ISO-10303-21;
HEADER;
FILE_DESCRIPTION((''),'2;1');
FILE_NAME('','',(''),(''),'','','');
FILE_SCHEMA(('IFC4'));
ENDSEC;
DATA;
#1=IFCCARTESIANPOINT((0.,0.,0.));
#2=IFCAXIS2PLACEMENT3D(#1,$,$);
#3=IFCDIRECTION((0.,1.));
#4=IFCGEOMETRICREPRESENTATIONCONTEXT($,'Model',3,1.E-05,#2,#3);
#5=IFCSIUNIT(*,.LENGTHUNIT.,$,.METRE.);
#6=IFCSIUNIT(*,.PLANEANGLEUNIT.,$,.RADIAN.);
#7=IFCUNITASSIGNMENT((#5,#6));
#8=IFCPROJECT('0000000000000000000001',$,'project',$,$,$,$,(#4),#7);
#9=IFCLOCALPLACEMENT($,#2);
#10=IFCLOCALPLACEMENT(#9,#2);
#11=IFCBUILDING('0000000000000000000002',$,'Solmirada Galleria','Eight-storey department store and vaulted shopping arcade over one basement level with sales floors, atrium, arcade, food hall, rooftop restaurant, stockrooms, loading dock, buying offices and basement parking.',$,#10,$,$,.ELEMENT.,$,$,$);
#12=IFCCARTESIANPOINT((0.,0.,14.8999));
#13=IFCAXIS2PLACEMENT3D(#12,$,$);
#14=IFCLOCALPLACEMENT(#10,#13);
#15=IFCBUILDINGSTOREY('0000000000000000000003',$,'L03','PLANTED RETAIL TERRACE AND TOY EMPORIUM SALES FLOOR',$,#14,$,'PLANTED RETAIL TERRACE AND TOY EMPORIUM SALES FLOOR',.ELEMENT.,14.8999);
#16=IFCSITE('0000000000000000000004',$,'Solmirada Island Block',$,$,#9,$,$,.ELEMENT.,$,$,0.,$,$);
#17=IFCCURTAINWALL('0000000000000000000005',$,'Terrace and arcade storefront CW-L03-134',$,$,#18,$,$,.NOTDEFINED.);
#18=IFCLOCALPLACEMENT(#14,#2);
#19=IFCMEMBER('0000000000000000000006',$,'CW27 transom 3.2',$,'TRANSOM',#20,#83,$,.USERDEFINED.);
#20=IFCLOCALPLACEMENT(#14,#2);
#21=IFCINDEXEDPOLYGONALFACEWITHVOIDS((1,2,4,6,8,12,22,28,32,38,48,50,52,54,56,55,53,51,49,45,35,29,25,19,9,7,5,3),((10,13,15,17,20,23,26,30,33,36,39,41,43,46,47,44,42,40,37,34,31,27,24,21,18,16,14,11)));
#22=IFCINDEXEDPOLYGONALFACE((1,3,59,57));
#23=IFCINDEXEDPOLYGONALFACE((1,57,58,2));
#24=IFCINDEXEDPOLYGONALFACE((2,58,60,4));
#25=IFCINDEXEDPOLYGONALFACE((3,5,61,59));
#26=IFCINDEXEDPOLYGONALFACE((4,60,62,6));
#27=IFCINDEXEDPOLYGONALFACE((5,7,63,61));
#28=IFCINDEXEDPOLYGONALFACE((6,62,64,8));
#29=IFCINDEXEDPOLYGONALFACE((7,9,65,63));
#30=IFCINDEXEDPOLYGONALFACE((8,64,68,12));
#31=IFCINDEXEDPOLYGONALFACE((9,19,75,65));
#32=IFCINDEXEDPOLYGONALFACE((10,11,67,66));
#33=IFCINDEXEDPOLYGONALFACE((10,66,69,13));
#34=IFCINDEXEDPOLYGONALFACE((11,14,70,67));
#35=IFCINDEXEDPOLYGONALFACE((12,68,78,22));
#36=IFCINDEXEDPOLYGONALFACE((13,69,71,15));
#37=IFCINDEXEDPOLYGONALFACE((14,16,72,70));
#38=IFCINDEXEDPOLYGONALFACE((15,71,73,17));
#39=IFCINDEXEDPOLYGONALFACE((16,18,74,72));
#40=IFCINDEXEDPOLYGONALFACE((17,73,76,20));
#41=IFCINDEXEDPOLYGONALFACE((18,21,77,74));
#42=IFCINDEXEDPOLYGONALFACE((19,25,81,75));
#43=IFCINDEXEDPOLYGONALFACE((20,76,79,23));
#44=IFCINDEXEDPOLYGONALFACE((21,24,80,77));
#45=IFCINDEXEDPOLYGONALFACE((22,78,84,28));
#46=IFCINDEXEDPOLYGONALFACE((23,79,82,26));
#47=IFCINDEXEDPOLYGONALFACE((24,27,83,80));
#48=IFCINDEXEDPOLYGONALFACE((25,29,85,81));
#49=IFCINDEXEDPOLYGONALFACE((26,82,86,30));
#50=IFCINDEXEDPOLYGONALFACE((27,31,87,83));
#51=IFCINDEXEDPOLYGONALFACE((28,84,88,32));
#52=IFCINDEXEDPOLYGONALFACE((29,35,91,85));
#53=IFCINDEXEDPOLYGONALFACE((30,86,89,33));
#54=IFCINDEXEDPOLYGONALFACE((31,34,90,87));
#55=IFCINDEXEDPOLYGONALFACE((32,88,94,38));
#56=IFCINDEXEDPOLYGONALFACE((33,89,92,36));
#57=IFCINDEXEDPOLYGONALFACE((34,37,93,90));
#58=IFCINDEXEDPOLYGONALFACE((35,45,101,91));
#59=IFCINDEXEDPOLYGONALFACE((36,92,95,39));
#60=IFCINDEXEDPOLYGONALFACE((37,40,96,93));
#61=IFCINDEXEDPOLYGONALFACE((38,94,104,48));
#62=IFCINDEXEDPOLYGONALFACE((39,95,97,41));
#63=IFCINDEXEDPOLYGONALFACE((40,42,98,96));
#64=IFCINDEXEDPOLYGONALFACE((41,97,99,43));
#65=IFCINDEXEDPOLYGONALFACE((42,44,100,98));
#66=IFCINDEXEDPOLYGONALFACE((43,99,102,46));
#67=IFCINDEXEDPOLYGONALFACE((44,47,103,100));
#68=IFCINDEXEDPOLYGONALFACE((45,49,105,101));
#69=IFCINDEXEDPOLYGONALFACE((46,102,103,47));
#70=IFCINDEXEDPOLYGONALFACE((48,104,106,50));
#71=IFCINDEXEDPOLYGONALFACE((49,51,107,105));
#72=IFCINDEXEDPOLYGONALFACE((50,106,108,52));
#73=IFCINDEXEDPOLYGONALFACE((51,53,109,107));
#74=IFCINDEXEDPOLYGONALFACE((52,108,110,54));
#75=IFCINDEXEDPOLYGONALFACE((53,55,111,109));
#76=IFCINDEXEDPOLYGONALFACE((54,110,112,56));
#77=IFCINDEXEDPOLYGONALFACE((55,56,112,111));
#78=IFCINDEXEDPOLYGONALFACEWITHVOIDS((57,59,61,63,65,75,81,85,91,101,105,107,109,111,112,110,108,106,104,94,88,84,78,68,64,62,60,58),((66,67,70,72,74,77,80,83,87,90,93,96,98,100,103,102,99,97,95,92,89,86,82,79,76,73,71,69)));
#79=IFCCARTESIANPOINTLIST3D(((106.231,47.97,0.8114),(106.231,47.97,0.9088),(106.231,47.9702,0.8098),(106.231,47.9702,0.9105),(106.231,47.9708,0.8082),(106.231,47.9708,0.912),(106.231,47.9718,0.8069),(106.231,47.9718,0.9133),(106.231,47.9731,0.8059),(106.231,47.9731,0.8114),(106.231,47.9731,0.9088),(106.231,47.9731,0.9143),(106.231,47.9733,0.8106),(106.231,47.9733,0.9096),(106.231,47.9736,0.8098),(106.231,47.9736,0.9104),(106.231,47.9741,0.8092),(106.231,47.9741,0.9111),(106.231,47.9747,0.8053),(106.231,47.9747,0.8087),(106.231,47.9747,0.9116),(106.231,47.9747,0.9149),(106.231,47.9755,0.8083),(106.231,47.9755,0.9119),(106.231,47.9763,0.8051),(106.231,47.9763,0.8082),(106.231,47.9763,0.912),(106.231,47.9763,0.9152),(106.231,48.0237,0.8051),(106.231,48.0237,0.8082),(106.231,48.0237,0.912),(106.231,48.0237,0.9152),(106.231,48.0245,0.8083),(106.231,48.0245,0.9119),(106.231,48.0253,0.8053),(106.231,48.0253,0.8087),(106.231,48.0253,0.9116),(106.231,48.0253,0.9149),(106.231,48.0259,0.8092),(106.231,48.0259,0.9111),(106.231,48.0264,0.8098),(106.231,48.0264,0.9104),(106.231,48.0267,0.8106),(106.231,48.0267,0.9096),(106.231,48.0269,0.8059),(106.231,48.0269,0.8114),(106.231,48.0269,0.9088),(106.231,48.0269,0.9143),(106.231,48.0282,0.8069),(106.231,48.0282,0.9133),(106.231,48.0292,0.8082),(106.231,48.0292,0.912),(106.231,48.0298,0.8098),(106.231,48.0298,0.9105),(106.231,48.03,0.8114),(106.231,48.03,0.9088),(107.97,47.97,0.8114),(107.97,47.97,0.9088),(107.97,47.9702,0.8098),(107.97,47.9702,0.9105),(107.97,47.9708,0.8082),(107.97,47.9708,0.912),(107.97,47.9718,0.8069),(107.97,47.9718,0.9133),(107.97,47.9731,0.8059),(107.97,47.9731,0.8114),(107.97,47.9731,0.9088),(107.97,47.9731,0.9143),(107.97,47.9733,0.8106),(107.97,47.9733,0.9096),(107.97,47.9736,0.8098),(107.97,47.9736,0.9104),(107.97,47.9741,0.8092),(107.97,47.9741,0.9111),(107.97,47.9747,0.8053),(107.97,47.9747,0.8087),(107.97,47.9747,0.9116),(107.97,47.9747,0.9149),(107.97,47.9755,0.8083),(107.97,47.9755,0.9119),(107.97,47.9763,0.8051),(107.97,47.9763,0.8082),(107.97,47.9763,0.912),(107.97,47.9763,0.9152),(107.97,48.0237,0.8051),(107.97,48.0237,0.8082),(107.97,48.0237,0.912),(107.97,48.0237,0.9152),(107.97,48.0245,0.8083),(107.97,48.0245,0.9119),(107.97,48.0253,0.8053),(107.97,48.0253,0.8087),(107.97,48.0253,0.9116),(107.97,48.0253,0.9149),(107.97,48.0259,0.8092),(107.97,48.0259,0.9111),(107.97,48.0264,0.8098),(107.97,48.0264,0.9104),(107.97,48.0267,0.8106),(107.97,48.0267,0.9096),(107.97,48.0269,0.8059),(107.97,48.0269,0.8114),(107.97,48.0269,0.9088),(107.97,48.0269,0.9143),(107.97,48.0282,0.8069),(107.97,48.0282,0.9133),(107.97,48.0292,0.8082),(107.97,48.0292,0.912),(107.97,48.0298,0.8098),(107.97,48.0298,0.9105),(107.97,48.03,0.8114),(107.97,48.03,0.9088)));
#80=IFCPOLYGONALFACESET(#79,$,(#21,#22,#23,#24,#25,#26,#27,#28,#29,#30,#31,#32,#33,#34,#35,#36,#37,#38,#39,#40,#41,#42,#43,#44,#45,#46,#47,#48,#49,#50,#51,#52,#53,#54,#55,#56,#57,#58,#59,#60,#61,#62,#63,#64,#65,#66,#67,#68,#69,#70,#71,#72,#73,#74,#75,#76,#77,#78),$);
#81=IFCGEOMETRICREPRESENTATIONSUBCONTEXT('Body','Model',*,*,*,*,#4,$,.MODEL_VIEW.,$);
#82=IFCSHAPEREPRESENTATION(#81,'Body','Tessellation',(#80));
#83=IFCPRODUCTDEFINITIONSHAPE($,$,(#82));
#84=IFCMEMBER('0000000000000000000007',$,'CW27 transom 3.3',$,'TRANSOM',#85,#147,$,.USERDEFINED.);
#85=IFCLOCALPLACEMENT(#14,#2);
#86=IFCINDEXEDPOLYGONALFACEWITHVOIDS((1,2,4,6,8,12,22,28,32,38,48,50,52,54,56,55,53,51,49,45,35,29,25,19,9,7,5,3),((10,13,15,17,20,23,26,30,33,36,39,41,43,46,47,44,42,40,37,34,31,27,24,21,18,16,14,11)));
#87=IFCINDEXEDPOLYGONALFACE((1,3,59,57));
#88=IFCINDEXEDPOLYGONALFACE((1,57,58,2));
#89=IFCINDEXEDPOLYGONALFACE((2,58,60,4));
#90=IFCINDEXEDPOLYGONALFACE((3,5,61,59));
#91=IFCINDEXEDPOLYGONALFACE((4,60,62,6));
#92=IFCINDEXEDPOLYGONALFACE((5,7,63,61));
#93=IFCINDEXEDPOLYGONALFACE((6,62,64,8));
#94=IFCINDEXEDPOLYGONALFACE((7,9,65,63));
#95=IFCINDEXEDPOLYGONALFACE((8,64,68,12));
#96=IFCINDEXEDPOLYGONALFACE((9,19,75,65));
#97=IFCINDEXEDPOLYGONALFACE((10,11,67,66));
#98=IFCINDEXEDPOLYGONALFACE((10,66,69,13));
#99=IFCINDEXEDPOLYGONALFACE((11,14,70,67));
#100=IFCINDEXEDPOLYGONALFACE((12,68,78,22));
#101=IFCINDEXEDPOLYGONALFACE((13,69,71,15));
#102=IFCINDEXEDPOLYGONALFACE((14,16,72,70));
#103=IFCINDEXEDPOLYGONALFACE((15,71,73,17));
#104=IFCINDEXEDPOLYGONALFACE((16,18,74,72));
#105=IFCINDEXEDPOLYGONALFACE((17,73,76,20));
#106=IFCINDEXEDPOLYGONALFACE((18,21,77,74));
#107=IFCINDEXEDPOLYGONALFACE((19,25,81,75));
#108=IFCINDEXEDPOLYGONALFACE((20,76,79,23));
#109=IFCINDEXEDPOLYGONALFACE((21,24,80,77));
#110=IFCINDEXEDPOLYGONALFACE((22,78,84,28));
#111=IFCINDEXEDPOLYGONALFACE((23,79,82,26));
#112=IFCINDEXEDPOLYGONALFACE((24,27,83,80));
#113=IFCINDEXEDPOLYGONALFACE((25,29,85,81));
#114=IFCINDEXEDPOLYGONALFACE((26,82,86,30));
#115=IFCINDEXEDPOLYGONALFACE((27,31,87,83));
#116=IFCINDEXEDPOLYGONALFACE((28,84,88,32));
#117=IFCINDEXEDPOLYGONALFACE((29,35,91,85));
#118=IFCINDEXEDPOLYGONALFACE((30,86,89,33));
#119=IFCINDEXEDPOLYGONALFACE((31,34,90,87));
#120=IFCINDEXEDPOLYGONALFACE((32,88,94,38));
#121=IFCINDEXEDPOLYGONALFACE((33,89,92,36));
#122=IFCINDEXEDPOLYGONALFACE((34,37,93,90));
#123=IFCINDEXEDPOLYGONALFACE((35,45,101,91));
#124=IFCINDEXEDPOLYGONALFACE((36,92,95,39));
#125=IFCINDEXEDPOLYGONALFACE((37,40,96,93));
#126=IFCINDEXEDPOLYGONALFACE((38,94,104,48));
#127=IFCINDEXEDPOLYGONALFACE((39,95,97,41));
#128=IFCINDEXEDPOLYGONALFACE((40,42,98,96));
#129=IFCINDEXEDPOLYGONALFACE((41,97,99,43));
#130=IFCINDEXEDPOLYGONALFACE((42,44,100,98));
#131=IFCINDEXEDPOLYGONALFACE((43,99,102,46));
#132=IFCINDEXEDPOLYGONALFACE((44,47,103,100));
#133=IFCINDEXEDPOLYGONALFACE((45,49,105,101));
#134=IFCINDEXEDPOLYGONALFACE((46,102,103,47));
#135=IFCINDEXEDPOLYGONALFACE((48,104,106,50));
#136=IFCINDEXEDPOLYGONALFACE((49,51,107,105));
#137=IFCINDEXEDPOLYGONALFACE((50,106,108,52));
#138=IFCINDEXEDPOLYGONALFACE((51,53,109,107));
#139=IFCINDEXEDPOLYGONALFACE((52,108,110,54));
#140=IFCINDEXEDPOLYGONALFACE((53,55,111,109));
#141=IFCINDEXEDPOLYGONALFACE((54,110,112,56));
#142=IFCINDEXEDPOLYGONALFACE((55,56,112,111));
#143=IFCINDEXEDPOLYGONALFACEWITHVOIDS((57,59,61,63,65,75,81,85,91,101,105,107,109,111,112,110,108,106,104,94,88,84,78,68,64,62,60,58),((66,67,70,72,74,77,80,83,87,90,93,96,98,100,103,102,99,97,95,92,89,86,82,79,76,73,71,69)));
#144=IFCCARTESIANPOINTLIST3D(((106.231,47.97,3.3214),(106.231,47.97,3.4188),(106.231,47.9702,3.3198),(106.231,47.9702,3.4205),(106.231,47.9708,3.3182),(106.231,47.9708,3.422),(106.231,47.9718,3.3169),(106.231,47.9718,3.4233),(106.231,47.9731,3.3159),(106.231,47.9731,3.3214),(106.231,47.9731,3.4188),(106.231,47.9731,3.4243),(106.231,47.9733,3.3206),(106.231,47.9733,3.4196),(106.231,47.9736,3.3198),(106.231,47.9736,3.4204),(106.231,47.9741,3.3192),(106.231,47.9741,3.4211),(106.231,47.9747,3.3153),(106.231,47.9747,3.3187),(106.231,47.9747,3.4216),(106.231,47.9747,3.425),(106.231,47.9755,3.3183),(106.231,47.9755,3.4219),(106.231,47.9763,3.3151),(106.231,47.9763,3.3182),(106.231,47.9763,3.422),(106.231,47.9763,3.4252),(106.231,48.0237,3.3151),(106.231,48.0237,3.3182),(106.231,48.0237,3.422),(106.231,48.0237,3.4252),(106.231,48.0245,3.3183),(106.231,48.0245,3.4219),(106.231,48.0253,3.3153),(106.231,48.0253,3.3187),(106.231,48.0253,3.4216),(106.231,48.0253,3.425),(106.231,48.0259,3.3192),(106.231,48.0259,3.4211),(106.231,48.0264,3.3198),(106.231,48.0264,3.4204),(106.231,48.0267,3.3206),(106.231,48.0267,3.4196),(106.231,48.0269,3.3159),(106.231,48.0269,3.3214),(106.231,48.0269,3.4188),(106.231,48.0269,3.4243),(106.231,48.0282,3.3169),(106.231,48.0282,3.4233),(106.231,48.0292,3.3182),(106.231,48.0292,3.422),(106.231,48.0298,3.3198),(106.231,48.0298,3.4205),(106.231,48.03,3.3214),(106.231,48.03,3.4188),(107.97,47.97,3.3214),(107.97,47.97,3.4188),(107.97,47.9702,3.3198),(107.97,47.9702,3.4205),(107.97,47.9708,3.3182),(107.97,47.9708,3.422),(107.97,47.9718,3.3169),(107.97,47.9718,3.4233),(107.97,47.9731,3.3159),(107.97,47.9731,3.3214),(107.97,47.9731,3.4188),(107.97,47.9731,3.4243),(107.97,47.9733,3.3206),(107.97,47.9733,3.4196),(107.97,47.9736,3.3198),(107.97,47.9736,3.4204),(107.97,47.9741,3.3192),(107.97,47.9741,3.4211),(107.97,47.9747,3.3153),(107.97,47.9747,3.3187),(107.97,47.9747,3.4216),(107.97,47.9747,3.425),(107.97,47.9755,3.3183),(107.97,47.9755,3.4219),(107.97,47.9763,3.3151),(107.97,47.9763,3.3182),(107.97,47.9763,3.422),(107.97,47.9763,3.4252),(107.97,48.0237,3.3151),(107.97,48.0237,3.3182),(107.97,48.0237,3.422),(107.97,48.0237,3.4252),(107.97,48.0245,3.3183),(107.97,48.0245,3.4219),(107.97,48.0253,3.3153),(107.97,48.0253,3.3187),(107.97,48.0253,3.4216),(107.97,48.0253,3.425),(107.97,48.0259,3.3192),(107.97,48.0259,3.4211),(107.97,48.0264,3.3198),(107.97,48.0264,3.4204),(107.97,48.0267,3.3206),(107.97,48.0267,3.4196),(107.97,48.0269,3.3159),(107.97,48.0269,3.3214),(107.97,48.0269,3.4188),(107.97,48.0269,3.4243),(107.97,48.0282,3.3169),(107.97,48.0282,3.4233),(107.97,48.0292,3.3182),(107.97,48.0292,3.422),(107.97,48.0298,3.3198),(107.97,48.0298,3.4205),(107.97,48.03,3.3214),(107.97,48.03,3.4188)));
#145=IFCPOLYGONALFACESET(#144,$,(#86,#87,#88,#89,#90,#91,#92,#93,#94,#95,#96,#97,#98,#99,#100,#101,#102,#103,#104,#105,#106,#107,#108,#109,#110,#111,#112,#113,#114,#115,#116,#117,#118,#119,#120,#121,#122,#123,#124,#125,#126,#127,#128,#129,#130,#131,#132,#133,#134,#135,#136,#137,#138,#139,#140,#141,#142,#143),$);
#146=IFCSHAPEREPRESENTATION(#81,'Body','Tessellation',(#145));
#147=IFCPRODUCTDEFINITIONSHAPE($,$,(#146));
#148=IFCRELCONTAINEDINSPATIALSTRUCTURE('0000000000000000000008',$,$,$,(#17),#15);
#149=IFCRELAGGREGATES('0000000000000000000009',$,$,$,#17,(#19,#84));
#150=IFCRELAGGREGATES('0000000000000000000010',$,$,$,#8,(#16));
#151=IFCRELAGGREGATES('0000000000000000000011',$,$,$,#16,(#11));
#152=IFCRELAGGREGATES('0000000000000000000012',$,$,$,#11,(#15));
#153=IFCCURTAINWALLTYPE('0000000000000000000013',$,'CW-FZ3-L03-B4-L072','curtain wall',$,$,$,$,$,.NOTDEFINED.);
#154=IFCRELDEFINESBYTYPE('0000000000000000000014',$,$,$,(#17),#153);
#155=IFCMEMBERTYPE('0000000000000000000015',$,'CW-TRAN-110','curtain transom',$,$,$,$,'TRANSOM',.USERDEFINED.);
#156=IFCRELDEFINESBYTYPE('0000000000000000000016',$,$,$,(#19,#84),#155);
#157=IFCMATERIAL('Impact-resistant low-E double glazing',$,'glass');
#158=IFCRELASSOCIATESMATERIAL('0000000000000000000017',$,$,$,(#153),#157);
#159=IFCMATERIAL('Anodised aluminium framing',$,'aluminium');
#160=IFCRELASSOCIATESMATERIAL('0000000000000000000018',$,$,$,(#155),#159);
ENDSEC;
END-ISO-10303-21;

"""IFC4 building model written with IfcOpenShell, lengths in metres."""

from ifc_helpers import new_model, si_unit, direction, frame, origin, origin_2d, place, context, subcontext, project, spatial, hollow_rectangle, extrude, material, material_profile, profile_set, type_object, element, aggregate, save


model = new_model("IFC4")

# Units and contexts
model_context = context("Model", 3, precision=1e-05, world=origin(), true_north=direction((0.0, 1.0)))
body_context = subcontext(model_context, "Body", "Model", "MODEL_VIEW")
ifc_project = project(units=[si_unit("LENGTHUNIT", "METRE"), si_unit("PLANEANGLEUNIT", "RADIAN")], contexts=[model_context])

# Site, building, storey
site_placement = place(None, origin())
site = spatial("IfcSite", under=ifc_project, at=site_placement, Name="Solmirada Island Block", CompositionType="ELEMENT", RefElevation=0.0)
building_placement = place(site_placement, origin())
building = spatial("IfcBuilding", under=site, at=building_placement, Name="Solmirada Galleria", Description="Eight-storey department store and vaulted shopping arcade over one basement level with sales floors, atrium, arcade, food hall, rooftop restaurant, stockrooms, loading dock, buying offices and basement parking.", CompositionType="ELEMENT")
storey_placement = place(building_placement, frame((0.0, 0.0, 14.8999)))
storey = spatial("IfcBuildingStorey", under=building, at=storey_placement, Name="L03", Description="PLANTED RETAIL TERRACE AND TOY EMPORIUM SALES FLOOR", LongName="PLANTED RETAIL TERRACE AND TOY EMPORIUM SALES FLOOR", CompositionType="ELEMENT", Elevation=14.8999)

# Curtain wall
ifc_material_1 = material(Name="Impact-resistant low-E double glazing", Category="glass")
curtain_wall_type_1 = type_object("IfcCurtainWallType", Name="CW-FZ3-L03-B4-L072", Description="curtain wall", PredefinedType="NOTDEFINED", material=ifc_material_1)
curtain_wall_1_placement = place(storey_placement, origin())
curtain_wall_1 = element("IfcCurtainWall", 1, at=curtain_wall_1_placement, inside=storey, type_object=curtain_wall_type_1, Name="Terrace and arcade storefront CW-L03-134", PredefinedType="NOTDEFINED")
ifc_material_2 = material(Name="Anodised aluminium framing", Category="aluminium")

# Members
ifc_material_profile_1 = material_profile(ifc_material_2, hollow_rectangle(XDim=0.0601, YDim=0.1101, WallThickness=0.0032, InnerFilletRadius=0.0032, OuterFilletRadius=0.0063, at=origin_2d()), Name="ALU-TRAN-110X60")
ifc_profile_set_1 = profile_set([ifc_material_profile_1], Name="Anodised aluminium framing")
member_type_1 = type_object("IfcMemberType", Name="CW-TRAN-110", Description="curtain transom", ElementType="TRANSOM", PredefinedType="USERDEFINED", material=ifc_profile_set_1)
member_1_placement = place(storey_placement, frame((107.97, 48.0, 0.8601), z_axis=(-1.0, 0.0, 0.0), x_axis=(0.0, -1.0, 0.0)))
member_1 = element("IfcMember", 2, at=member_1_placement, type_object=member_type_1, Name="CW27 transom 3.2", ObjectType="TRANSOM", PredefinedType="USERDEFINED", context=body_context, shape_type="SweptSolid", body=[
    extrude(hollow_rectangle(XDim=0.0601, YDim=0.1101, WallThickness=0.0032, InnerFilletRadius=0.0032, OuterFilletRadius=0.0063, at=origin_2d()), origin(), (0.0, 0.0, 1.0), 1.739),
])
member_2_placement = place(storey_placement, frame((107.97, 48.0, 3.3701), z_axis=(-1.0, 0.0, 0.0), x_axis=(0.0, -1.0, 0.0)))
member_2 = element("IfcMember", 3, at=member_2_placement, type_object=member_type_1, Name="CW27 transom 3.3", ObjectType="TRANSOM", PredefinedType="USERDEFINED", context=body_context, shape_type="SweptSolid", body=[
    extrude(hollow_rectangle(XDim=0.0601, YDim=0.1101, WallThickness=0.0032, InnerFilletRadius=0.0032, OuterFilletRadius=0.0063, at=origin_2d()), origin(), (0.0, 0.0, 1.0), 1.739),
])

aggregate(curtain_wall_1, [member_1, member_2])

save(model, "model.ifc")
